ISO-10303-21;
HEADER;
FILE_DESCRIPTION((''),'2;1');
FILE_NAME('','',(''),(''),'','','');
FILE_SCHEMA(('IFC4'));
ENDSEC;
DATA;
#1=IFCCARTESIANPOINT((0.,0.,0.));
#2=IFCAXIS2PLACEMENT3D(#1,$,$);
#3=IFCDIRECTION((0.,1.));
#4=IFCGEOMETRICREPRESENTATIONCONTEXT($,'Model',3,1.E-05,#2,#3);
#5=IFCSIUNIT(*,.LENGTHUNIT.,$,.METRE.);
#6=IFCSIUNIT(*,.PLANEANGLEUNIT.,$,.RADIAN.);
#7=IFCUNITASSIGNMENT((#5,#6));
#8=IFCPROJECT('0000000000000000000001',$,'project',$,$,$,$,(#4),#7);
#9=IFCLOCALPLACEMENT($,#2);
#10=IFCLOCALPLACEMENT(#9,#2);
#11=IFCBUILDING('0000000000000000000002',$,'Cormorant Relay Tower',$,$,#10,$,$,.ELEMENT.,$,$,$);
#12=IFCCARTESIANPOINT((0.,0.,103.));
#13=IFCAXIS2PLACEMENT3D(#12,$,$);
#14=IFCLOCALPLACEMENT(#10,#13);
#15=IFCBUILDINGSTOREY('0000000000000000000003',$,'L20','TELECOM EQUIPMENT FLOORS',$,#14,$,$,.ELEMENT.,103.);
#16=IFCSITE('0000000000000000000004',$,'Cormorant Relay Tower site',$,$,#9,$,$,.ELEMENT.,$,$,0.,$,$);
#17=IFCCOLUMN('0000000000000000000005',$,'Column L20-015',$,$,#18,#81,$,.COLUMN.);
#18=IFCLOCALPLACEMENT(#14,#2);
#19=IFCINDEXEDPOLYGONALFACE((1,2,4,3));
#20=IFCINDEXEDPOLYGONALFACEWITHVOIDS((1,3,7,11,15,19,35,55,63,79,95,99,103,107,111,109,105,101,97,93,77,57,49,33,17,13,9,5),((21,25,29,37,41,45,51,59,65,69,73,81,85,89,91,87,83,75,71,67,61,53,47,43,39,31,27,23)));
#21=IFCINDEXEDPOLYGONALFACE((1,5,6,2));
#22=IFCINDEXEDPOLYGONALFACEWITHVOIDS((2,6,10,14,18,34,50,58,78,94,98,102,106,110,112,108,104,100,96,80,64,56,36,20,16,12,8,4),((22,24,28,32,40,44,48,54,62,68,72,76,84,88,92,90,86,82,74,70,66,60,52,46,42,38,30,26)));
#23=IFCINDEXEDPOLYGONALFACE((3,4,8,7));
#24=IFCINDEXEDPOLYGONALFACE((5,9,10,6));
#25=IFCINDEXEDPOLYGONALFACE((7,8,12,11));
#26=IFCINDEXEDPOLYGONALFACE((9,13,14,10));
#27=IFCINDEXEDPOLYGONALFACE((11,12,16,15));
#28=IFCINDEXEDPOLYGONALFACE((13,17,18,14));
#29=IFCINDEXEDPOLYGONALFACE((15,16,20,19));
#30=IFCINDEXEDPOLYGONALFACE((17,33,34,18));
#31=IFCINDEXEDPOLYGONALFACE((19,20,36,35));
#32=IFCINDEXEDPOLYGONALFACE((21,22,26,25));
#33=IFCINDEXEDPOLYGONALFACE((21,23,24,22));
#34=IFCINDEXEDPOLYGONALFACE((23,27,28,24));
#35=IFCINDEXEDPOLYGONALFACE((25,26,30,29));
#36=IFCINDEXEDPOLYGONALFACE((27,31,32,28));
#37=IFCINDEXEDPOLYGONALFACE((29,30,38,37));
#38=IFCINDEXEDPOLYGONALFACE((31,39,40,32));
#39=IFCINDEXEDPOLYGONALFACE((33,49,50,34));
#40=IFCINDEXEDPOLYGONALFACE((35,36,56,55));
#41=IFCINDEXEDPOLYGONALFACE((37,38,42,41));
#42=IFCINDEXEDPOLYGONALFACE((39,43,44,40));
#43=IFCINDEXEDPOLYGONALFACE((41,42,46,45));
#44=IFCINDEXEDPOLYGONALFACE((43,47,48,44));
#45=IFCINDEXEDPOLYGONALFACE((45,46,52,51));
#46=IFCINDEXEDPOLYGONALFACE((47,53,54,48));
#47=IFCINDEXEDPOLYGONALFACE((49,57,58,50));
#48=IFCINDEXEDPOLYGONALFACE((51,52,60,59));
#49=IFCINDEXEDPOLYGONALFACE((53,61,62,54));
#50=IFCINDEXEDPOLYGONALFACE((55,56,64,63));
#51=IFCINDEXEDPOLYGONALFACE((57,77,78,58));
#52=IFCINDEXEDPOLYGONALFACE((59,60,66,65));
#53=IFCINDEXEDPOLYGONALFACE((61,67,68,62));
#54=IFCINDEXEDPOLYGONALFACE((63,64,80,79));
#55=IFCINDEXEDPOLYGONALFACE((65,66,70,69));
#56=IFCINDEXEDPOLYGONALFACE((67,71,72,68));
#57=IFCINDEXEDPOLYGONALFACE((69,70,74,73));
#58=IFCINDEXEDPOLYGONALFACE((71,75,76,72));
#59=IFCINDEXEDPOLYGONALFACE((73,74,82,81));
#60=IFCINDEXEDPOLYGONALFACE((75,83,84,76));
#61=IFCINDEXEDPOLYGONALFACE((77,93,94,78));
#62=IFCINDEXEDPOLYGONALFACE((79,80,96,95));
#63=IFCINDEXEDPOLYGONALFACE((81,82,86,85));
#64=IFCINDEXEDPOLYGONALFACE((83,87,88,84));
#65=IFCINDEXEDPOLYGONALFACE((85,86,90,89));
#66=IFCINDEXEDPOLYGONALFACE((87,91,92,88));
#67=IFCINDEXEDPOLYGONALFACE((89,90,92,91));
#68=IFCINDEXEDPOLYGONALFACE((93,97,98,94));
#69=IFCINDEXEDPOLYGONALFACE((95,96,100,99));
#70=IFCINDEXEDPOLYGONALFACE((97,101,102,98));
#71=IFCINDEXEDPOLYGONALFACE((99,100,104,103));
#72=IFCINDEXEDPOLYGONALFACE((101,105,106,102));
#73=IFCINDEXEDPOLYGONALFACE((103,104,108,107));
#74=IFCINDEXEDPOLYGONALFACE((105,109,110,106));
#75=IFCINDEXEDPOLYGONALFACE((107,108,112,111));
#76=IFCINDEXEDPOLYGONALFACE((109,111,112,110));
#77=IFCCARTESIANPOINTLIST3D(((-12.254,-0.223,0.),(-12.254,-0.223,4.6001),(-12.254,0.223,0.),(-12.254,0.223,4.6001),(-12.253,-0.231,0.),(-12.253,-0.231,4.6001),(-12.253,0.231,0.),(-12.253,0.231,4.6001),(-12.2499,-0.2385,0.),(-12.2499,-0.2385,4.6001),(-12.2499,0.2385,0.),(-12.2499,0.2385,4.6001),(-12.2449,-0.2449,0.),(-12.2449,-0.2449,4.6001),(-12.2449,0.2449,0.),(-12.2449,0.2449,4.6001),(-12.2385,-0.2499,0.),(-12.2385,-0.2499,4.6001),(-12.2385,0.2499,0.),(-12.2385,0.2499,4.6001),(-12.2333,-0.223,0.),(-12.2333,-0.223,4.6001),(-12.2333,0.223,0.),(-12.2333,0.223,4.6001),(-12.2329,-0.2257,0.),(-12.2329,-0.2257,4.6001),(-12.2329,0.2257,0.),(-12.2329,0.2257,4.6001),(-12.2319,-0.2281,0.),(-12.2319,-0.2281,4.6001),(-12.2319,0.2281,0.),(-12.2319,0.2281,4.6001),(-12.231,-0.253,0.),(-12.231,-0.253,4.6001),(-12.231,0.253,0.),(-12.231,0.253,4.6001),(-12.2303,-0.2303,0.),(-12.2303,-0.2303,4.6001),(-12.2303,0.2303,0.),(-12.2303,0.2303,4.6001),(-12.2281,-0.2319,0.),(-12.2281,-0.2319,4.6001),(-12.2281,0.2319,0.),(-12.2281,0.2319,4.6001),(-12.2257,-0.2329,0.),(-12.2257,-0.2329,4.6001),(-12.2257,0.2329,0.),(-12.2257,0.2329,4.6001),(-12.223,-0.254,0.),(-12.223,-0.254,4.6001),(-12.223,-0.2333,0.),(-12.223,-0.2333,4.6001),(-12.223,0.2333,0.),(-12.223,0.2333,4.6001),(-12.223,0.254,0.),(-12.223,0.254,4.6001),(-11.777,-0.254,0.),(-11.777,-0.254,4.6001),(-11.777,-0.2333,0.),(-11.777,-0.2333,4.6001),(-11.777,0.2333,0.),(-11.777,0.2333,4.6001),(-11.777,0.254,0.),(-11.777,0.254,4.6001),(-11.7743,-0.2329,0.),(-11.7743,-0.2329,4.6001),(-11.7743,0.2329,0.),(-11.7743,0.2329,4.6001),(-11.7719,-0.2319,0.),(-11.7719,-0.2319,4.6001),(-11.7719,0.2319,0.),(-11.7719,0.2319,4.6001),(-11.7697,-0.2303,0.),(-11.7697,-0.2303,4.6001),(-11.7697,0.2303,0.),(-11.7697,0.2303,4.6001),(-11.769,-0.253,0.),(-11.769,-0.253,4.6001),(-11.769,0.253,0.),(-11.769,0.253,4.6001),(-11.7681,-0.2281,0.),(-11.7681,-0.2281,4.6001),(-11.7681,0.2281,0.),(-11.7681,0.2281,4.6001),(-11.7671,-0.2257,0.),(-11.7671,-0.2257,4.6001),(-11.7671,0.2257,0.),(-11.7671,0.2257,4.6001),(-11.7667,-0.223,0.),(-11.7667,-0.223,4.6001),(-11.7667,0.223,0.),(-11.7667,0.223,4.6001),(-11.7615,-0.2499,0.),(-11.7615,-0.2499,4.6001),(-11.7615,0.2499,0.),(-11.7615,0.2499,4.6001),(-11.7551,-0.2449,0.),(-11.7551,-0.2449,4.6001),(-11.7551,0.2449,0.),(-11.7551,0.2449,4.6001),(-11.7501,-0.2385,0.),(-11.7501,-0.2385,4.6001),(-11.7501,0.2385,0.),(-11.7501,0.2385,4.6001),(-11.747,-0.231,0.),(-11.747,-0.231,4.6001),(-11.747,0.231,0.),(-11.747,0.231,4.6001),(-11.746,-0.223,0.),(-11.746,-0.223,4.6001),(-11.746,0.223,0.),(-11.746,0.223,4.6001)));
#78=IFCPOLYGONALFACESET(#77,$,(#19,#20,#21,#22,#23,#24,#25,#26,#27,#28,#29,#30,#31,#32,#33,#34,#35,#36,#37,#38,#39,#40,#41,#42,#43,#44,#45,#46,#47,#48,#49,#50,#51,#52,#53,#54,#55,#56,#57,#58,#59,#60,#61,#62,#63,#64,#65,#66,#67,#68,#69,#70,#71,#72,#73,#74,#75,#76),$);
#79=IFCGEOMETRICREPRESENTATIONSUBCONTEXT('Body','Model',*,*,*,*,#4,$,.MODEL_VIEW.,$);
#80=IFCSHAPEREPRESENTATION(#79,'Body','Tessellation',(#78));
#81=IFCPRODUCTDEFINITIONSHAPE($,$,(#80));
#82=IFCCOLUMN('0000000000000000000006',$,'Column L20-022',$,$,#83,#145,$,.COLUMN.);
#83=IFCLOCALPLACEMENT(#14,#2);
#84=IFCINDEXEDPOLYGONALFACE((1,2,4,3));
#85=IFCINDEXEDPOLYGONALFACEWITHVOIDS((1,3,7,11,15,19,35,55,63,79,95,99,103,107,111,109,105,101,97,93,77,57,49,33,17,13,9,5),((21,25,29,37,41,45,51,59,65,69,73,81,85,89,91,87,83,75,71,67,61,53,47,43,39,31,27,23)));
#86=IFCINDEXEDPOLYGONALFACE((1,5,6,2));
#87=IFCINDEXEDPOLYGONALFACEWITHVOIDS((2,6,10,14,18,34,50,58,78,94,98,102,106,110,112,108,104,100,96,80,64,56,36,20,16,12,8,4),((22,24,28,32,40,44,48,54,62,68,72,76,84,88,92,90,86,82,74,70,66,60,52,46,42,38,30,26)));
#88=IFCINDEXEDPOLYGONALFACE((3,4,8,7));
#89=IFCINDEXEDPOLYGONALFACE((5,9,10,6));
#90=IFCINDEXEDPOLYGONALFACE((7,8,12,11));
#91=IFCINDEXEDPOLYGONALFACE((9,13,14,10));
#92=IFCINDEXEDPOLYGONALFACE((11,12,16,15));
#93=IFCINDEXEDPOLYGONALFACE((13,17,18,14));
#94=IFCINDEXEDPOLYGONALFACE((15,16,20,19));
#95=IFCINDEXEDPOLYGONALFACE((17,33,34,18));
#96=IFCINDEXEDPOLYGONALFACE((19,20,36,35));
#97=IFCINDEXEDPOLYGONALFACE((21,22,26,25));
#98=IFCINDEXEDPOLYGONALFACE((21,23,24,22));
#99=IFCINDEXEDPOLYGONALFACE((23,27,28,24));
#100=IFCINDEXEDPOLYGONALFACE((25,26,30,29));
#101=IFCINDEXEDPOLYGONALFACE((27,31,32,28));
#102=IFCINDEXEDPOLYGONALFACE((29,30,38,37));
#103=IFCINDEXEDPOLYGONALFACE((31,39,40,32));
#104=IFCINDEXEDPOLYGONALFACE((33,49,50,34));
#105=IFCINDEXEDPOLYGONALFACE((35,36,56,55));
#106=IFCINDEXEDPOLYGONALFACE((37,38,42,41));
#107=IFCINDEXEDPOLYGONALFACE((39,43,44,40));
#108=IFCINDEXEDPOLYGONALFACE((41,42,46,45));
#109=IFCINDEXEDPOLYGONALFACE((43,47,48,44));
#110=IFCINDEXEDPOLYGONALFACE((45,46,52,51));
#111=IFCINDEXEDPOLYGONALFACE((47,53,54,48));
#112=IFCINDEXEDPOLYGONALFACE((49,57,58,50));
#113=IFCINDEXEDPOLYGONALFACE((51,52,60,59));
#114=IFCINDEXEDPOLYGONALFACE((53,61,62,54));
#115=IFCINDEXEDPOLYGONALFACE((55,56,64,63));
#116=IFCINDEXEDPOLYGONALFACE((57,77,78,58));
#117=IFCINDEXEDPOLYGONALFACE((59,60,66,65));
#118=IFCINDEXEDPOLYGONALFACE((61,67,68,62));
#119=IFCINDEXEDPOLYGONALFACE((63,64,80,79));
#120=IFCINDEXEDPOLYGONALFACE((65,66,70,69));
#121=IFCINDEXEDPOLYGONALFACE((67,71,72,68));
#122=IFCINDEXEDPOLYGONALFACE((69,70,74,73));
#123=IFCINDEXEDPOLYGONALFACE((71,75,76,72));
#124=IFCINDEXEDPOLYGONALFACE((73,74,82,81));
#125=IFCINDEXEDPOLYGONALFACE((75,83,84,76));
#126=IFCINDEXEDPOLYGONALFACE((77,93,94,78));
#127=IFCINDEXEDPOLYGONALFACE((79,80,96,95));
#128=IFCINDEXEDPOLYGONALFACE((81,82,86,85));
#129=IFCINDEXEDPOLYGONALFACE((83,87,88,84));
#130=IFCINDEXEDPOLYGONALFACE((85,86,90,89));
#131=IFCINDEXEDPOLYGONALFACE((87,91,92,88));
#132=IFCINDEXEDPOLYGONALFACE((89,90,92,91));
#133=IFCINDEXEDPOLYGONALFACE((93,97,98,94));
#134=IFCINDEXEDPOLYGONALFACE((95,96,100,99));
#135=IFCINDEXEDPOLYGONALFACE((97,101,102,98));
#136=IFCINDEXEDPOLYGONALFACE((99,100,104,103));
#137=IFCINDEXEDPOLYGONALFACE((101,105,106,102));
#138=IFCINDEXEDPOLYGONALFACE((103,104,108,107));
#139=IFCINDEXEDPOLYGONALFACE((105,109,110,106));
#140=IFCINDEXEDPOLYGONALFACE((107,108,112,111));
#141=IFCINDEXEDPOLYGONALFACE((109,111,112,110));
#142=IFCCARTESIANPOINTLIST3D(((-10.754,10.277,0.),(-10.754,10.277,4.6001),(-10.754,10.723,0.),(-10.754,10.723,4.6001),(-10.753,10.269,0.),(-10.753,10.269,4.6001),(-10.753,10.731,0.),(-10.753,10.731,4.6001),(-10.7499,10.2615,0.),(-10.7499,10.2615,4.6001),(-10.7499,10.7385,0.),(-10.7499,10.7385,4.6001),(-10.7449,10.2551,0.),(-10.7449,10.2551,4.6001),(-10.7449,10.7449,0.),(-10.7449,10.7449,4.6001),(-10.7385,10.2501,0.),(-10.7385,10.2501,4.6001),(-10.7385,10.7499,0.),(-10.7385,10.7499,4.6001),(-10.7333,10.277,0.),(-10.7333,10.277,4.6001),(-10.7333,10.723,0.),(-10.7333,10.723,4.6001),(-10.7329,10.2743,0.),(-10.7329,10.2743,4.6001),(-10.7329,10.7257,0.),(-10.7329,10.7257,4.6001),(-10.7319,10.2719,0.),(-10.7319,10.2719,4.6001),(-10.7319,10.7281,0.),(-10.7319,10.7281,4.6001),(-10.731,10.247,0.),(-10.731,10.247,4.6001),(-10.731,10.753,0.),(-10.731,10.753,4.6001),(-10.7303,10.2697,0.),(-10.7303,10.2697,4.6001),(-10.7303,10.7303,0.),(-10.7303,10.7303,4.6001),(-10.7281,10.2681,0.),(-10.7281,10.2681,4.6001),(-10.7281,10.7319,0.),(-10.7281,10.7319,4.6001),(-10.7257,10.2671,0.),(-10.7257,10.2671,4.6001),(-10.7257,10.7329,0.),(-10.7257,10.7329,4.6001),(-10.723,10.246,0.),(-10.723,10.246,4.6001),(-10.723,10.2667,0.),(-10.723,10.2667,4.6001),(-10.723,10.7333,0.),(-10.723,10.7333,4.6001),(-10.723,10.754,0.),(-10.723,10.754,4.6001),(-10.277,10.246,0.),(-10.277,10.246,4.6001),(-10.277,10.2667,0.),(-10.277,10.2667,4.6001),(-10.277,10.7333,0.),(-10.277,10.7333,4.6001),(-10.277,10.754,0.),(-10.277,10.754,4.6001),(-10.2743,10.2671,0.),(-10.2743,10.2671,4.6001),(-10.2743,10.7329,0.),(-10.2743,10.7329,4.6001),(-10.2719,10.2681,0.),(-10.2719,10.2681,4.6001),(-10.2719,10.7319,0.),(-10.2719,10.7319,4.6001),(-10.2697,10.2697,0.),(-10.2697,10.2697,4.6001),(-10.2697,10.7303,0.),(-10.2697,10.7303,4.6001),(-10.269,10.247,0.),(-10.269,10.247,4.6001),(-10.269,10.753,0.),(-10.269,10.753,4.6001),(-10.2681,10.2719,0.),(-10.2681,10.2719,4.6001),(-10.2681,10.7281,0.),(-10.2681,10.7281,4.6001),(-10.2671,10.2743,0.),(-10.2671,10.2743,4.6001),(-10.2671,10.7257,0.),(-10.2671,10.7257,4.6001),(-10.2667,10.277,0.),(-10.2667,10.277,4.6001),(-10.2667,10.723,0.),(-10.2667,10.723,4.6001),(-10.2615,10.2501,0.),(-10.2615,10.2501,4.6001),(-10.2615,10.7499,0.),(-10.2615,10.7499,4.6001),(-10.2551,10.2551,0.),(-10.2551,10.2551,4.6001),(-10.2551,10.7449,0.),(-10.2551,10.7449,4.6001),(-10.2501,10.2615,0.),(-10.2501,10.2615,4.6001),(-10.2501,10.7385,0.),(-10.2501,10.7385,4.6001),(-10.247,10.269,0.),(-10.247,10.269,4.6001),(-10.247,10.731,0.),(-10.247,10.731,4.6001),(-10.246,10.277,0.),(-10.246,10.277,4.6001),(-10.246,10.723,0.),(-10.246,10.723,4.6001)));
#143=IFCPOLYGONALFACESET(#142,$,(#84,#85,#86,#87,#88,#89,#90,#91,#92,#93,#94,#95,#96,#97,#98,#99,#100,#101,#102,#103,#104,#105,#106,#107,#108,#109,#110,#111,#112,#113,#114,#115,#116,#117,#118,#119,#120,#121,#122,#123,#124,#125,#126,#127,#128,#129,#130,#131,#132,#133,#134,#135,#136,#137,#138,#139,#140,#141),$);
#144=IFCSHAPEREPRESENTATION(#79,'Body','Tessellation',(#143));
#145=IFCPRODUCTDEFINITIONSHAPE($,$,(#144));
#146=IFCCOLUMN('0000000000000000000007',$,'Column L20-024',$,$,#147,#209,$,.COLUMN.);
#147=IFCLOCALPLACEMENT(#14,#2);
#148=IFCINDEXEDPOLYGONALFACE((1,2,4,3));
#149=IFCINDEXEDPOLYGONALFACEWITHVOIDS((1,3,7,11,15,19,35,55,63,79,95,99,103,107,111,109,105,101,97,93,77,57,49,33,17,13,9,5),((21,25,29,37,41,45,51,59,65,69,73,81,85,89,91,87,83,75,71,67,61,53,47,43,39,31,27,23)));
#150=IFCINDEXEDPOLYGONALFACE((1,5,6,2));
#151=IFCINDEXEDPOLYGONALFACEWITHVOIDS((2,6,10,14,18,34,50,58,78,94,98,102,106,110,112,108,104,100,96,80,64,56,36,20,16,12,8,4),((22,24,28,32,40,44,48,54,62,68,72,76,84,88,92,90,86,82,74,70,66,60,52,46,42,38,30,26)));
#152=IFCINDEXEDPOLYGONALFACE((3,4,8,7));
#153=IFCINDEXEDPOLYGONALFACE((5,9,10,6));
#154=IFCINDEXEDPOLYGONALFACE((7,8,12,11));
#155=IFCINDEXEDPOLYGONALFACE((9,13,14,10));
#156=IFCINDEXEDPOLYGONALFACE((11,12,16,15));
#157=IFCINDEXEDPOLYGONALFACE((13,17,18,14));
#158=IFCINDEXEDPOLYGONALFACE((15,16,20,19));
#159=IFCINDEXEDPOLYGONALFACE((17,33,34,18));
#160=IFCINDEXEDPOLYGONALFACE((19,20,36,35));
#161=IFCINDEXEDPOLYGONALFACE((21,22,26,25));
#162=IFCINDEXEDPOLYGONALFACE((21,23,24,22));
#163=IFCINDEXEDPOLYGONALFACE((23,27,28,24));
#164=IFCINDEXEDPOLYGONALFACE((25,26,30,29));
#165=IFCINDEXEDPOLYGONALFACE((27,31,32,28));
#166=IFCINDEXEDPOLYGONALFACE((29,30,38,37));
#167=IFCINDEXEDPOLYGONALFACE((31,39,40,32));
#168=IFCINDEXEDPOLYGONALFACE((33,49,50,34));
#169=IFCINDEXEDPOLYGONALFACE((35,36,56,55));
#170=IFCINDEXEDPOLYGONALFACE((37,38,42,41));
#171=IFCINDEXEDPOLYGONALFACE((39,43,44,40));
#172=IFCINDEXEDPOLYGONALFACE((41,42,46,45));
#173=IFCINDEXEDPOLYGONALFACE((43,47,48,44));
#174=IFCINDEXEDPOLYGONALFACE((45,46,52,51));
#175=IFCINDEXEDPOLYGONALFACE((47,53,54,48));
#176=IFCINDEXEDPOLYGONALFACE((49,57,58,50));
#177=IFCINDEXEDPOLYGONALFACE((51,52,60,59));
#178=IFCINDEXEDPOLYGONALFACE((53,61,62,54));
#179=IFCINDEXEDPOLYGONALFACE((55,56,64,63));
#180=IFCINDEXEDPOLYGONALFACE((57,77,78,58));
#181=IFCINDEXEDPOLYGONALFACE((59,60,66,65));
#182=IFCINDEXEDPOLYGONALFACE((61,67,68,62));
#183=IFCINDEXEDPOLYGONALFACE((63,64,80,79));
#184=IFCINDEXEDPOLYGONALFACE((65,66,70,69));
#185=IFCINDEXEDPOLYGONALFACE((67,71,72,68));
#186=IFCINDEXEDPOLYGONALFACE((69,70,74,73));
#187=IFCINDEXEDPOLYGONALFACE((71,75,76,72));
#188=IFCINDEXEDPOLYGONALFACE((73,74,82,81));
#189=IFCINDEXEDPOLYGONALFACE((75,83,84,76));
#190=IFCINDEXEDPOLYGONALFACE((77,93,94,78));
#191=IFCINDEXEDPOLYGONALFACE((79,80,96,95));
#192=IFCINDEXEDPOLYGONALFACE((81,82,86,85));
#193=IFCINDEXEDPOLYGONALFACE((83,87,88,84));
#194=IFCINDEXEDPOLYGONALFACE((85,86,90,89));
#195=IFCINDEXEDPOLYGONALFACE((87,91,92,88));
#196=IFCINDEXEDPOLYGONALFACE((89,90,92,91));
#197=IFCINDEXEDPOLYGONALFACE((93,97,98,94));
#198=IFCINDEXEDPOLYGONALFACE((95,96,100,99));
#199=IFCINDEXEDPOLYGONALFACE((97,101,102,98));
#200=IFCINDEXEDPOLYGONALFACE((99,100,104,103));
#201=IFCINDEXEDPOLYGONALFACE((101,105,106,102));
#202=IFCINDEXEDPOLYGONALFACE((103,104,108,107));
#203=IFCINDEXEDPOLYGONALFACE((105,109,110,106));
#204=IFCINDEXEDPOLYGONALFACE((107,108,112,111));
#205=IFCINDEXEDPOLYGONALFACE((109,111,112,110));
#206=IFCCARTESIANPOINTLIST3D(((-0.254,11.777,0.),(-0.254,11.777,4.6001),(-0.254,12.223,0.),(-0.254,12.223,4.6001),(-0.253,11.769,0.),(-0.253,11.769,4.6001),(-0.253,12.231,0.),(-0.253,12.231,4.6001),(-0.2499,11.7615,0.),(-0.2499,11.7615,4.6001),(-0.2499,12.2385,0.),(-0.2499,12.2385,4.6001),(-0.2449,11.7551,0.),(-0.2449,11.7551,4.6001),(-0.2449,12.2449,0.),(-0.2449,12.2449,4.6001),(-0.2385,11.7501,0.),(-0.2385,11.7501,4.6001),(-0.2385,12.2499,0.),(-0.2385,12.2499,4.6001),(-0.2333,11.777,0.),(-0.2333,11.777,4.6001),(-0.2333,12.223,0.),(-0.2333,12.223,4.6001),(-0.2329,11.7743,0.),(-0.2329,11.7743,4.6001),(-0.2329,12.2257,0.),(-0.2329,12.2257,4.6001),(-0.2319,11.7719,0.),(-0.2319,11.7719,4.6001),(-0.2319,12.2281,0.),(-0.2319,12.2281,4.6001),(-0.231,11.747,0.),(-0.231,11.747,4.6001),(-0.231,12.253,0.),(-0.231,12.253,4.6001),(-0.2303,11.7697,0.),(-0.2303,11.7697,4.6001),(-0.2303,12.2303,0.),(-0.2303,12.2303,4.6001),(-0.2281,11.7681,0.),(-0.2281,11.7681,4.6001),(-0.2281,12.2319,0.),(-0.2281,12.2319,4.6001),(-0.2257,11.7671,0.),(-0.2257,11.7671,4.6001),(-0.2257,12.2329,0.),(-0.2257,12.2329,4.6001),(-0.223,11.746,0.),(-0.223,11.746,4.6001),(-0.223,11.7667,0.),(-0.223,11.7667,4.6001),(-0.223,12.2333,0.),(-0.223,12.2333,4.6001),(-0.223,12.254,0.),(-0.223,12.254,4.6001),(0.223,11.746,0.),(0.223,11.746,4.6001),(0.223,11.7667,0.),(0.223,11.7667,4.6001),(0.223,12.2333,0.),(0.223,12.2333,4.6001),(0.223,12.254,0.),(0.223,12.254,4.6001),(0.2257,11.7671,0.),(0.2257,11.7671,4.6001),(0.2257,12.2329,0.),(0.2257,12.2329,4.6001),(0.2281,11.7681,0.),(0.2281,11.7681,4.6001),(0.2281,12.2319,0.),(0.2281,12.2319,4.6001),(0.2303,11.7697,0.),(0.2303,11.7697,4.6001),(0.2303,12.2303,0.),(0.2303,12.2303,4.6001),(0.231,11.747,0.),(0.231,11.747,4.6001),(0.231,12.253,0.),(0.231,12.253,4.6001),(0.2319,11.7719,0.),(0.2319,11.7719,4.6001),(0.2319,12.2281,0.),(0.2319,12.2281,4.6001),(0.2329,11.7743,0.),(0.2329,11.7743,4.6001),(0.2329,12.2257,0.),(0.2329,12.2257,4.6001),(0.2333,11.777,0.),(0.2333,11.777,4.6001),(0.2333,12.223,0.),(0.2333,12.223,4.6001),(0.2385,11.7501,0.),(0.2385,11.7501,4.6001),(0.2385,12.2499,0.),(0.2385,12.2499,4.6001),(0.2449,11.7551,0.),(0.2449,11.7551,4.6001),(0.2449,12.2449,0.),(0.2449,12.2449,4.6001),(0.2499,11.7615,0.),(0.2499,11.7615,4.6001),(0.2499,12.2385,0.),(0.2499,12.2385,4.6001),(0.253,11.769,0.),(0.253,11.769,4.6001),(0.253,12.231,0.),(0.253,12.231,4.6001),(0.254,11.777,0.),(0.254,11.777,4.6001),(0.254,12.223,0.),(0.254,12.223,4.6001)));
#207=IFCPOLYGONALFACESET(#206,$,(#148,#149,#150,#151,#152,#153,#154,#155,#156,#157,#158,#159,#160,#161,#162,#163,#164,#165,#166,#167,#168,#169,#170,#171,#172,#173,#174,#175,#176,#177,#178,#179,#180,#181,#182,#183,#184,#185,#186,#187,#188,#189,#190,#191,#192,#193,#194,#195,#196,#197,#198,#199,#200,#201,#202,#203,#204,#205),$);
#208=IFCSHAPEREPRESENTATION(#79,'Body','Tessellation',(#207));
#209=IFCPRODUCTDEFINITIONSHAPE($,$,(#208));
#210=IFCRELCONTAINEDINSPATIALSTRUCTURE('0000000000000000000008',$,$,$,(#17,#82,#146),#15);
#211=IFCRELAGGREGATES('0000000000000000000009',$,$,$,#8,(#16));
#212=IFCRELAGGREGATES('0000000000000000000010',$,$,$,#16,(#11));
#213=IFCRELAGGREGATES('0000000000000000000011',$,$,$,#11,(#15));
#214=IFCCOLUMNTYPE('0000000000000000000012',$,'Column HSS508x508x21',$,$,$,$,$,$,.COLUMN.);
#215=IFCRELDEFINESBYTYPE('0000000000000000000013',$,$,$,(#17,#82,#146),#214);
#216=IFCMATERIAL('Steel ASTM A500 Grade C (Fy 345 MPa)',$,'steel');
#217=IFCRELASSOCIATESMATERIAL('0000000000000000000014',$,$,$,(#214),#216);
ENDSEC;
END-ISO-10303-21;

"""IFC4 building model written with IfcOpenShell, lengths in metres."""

from ifc_helpers import new_model, si_unit, direction, frame, origin, origin_2d, place, context, subcontext, project, spatial, hollow_rectangle, extrude, material, material_profile, profile_set, type_object, element, save


model = new_model("IFC4")

# Units and contexts
model_context = context("Model", 3, precision=1e-05, world=origin(), true_north=direction((0.0, 1.0)))
body_context = subcontext(model_context, "Body", "Model", "MODEL_VIEW")
ifc_project = project(units=[si_unit("LENGTHUNIT", "METRE"), si_unit("PLANEANGLEUNIT", "RADIAN")], contexts=[model_context])

# Site, building, storey
site_placement = place(None, origin())
site = spatial("IfcSite", under=ifc_project, at=site_placement, Name="Cormorant Relay Tower site", CompositionType="ELEMENT", RefElevation=0.0)
building_placement = place(site_placement, origin())
building = spatial("IfcBuilding", under=site, at=building_placement, Name="Cormorant Relay Tower", CompositionType="ELEMENT")
storey_placement = place(building_placement, frame((0.0, 0.0, 103.0)))
storey = spatial("IfcBuildingStorey", under=building, at=storey_placement, Name="L20", Description="TELECOM EQUIPMENT FLOORS", CompositionType="ELEMENT", Elevation=103.0)

# Columns
ifc_material_1 = material(Name="Steel ASTM A500 Grade C (Fy 345 MPa)", Category="steel")
ifc_material_profile = material_profile(ifc_material_1, hollow_rectangle(XDim=0.5081, YDim=0.5081, WallThickness=0.0208, InnerFilletRadius=0.0103, OuterFilletRadius=0.031, at=origin_2d()), Name="HSS508x508x21")
ifc_profile_set = profile_set([ifc_material_profile], Name="Steel ASTM A500 Grade C (Fy 345 MPa)")
column_type = type_object("IfcColumnType", Name="Column HSS508x508x21", PredefinedType="COLUMN", material=ifc_profile_set)
for number, where, z_axis, x_axis, name in (
    (1, (-12.0, 0.0, 0.0), (0.0, 0.0, 1.0), (1.0, 0.0, 0.0), "Column L20-015"),
    (2, (-10.5, 10.5, 0.0), (0.0, 0.0, 1.0), (1.0, 0.0, 0.0), "Column L20-022"),
    (3, (0.0, 12.0, 0.0), (0.0, 0.0, 1.0), (1.0, 0.0, 0.0), "Column L20-024"),
):
    element("IfcColumn", number, at=place(storey_placement, frame(where, z_axis=z_axis, x_axis=x_axis)), inside=storey, type_object=column_type, Name=name, PredefinedType="COLUMN", context=body_context, shape_type="SweptSolid", body=[
        extrude(hollow_rectangle(XDim=0.5081, YDim=0.5081, WallThickness=0.0208, InnerFilletRadius=0.0103, OuterFilletRadius=0.031, at=origin_2d()), origin(), (0.0, 0.0, 1.0), 4.6001),
    ])

save(model, "model.ifc")
